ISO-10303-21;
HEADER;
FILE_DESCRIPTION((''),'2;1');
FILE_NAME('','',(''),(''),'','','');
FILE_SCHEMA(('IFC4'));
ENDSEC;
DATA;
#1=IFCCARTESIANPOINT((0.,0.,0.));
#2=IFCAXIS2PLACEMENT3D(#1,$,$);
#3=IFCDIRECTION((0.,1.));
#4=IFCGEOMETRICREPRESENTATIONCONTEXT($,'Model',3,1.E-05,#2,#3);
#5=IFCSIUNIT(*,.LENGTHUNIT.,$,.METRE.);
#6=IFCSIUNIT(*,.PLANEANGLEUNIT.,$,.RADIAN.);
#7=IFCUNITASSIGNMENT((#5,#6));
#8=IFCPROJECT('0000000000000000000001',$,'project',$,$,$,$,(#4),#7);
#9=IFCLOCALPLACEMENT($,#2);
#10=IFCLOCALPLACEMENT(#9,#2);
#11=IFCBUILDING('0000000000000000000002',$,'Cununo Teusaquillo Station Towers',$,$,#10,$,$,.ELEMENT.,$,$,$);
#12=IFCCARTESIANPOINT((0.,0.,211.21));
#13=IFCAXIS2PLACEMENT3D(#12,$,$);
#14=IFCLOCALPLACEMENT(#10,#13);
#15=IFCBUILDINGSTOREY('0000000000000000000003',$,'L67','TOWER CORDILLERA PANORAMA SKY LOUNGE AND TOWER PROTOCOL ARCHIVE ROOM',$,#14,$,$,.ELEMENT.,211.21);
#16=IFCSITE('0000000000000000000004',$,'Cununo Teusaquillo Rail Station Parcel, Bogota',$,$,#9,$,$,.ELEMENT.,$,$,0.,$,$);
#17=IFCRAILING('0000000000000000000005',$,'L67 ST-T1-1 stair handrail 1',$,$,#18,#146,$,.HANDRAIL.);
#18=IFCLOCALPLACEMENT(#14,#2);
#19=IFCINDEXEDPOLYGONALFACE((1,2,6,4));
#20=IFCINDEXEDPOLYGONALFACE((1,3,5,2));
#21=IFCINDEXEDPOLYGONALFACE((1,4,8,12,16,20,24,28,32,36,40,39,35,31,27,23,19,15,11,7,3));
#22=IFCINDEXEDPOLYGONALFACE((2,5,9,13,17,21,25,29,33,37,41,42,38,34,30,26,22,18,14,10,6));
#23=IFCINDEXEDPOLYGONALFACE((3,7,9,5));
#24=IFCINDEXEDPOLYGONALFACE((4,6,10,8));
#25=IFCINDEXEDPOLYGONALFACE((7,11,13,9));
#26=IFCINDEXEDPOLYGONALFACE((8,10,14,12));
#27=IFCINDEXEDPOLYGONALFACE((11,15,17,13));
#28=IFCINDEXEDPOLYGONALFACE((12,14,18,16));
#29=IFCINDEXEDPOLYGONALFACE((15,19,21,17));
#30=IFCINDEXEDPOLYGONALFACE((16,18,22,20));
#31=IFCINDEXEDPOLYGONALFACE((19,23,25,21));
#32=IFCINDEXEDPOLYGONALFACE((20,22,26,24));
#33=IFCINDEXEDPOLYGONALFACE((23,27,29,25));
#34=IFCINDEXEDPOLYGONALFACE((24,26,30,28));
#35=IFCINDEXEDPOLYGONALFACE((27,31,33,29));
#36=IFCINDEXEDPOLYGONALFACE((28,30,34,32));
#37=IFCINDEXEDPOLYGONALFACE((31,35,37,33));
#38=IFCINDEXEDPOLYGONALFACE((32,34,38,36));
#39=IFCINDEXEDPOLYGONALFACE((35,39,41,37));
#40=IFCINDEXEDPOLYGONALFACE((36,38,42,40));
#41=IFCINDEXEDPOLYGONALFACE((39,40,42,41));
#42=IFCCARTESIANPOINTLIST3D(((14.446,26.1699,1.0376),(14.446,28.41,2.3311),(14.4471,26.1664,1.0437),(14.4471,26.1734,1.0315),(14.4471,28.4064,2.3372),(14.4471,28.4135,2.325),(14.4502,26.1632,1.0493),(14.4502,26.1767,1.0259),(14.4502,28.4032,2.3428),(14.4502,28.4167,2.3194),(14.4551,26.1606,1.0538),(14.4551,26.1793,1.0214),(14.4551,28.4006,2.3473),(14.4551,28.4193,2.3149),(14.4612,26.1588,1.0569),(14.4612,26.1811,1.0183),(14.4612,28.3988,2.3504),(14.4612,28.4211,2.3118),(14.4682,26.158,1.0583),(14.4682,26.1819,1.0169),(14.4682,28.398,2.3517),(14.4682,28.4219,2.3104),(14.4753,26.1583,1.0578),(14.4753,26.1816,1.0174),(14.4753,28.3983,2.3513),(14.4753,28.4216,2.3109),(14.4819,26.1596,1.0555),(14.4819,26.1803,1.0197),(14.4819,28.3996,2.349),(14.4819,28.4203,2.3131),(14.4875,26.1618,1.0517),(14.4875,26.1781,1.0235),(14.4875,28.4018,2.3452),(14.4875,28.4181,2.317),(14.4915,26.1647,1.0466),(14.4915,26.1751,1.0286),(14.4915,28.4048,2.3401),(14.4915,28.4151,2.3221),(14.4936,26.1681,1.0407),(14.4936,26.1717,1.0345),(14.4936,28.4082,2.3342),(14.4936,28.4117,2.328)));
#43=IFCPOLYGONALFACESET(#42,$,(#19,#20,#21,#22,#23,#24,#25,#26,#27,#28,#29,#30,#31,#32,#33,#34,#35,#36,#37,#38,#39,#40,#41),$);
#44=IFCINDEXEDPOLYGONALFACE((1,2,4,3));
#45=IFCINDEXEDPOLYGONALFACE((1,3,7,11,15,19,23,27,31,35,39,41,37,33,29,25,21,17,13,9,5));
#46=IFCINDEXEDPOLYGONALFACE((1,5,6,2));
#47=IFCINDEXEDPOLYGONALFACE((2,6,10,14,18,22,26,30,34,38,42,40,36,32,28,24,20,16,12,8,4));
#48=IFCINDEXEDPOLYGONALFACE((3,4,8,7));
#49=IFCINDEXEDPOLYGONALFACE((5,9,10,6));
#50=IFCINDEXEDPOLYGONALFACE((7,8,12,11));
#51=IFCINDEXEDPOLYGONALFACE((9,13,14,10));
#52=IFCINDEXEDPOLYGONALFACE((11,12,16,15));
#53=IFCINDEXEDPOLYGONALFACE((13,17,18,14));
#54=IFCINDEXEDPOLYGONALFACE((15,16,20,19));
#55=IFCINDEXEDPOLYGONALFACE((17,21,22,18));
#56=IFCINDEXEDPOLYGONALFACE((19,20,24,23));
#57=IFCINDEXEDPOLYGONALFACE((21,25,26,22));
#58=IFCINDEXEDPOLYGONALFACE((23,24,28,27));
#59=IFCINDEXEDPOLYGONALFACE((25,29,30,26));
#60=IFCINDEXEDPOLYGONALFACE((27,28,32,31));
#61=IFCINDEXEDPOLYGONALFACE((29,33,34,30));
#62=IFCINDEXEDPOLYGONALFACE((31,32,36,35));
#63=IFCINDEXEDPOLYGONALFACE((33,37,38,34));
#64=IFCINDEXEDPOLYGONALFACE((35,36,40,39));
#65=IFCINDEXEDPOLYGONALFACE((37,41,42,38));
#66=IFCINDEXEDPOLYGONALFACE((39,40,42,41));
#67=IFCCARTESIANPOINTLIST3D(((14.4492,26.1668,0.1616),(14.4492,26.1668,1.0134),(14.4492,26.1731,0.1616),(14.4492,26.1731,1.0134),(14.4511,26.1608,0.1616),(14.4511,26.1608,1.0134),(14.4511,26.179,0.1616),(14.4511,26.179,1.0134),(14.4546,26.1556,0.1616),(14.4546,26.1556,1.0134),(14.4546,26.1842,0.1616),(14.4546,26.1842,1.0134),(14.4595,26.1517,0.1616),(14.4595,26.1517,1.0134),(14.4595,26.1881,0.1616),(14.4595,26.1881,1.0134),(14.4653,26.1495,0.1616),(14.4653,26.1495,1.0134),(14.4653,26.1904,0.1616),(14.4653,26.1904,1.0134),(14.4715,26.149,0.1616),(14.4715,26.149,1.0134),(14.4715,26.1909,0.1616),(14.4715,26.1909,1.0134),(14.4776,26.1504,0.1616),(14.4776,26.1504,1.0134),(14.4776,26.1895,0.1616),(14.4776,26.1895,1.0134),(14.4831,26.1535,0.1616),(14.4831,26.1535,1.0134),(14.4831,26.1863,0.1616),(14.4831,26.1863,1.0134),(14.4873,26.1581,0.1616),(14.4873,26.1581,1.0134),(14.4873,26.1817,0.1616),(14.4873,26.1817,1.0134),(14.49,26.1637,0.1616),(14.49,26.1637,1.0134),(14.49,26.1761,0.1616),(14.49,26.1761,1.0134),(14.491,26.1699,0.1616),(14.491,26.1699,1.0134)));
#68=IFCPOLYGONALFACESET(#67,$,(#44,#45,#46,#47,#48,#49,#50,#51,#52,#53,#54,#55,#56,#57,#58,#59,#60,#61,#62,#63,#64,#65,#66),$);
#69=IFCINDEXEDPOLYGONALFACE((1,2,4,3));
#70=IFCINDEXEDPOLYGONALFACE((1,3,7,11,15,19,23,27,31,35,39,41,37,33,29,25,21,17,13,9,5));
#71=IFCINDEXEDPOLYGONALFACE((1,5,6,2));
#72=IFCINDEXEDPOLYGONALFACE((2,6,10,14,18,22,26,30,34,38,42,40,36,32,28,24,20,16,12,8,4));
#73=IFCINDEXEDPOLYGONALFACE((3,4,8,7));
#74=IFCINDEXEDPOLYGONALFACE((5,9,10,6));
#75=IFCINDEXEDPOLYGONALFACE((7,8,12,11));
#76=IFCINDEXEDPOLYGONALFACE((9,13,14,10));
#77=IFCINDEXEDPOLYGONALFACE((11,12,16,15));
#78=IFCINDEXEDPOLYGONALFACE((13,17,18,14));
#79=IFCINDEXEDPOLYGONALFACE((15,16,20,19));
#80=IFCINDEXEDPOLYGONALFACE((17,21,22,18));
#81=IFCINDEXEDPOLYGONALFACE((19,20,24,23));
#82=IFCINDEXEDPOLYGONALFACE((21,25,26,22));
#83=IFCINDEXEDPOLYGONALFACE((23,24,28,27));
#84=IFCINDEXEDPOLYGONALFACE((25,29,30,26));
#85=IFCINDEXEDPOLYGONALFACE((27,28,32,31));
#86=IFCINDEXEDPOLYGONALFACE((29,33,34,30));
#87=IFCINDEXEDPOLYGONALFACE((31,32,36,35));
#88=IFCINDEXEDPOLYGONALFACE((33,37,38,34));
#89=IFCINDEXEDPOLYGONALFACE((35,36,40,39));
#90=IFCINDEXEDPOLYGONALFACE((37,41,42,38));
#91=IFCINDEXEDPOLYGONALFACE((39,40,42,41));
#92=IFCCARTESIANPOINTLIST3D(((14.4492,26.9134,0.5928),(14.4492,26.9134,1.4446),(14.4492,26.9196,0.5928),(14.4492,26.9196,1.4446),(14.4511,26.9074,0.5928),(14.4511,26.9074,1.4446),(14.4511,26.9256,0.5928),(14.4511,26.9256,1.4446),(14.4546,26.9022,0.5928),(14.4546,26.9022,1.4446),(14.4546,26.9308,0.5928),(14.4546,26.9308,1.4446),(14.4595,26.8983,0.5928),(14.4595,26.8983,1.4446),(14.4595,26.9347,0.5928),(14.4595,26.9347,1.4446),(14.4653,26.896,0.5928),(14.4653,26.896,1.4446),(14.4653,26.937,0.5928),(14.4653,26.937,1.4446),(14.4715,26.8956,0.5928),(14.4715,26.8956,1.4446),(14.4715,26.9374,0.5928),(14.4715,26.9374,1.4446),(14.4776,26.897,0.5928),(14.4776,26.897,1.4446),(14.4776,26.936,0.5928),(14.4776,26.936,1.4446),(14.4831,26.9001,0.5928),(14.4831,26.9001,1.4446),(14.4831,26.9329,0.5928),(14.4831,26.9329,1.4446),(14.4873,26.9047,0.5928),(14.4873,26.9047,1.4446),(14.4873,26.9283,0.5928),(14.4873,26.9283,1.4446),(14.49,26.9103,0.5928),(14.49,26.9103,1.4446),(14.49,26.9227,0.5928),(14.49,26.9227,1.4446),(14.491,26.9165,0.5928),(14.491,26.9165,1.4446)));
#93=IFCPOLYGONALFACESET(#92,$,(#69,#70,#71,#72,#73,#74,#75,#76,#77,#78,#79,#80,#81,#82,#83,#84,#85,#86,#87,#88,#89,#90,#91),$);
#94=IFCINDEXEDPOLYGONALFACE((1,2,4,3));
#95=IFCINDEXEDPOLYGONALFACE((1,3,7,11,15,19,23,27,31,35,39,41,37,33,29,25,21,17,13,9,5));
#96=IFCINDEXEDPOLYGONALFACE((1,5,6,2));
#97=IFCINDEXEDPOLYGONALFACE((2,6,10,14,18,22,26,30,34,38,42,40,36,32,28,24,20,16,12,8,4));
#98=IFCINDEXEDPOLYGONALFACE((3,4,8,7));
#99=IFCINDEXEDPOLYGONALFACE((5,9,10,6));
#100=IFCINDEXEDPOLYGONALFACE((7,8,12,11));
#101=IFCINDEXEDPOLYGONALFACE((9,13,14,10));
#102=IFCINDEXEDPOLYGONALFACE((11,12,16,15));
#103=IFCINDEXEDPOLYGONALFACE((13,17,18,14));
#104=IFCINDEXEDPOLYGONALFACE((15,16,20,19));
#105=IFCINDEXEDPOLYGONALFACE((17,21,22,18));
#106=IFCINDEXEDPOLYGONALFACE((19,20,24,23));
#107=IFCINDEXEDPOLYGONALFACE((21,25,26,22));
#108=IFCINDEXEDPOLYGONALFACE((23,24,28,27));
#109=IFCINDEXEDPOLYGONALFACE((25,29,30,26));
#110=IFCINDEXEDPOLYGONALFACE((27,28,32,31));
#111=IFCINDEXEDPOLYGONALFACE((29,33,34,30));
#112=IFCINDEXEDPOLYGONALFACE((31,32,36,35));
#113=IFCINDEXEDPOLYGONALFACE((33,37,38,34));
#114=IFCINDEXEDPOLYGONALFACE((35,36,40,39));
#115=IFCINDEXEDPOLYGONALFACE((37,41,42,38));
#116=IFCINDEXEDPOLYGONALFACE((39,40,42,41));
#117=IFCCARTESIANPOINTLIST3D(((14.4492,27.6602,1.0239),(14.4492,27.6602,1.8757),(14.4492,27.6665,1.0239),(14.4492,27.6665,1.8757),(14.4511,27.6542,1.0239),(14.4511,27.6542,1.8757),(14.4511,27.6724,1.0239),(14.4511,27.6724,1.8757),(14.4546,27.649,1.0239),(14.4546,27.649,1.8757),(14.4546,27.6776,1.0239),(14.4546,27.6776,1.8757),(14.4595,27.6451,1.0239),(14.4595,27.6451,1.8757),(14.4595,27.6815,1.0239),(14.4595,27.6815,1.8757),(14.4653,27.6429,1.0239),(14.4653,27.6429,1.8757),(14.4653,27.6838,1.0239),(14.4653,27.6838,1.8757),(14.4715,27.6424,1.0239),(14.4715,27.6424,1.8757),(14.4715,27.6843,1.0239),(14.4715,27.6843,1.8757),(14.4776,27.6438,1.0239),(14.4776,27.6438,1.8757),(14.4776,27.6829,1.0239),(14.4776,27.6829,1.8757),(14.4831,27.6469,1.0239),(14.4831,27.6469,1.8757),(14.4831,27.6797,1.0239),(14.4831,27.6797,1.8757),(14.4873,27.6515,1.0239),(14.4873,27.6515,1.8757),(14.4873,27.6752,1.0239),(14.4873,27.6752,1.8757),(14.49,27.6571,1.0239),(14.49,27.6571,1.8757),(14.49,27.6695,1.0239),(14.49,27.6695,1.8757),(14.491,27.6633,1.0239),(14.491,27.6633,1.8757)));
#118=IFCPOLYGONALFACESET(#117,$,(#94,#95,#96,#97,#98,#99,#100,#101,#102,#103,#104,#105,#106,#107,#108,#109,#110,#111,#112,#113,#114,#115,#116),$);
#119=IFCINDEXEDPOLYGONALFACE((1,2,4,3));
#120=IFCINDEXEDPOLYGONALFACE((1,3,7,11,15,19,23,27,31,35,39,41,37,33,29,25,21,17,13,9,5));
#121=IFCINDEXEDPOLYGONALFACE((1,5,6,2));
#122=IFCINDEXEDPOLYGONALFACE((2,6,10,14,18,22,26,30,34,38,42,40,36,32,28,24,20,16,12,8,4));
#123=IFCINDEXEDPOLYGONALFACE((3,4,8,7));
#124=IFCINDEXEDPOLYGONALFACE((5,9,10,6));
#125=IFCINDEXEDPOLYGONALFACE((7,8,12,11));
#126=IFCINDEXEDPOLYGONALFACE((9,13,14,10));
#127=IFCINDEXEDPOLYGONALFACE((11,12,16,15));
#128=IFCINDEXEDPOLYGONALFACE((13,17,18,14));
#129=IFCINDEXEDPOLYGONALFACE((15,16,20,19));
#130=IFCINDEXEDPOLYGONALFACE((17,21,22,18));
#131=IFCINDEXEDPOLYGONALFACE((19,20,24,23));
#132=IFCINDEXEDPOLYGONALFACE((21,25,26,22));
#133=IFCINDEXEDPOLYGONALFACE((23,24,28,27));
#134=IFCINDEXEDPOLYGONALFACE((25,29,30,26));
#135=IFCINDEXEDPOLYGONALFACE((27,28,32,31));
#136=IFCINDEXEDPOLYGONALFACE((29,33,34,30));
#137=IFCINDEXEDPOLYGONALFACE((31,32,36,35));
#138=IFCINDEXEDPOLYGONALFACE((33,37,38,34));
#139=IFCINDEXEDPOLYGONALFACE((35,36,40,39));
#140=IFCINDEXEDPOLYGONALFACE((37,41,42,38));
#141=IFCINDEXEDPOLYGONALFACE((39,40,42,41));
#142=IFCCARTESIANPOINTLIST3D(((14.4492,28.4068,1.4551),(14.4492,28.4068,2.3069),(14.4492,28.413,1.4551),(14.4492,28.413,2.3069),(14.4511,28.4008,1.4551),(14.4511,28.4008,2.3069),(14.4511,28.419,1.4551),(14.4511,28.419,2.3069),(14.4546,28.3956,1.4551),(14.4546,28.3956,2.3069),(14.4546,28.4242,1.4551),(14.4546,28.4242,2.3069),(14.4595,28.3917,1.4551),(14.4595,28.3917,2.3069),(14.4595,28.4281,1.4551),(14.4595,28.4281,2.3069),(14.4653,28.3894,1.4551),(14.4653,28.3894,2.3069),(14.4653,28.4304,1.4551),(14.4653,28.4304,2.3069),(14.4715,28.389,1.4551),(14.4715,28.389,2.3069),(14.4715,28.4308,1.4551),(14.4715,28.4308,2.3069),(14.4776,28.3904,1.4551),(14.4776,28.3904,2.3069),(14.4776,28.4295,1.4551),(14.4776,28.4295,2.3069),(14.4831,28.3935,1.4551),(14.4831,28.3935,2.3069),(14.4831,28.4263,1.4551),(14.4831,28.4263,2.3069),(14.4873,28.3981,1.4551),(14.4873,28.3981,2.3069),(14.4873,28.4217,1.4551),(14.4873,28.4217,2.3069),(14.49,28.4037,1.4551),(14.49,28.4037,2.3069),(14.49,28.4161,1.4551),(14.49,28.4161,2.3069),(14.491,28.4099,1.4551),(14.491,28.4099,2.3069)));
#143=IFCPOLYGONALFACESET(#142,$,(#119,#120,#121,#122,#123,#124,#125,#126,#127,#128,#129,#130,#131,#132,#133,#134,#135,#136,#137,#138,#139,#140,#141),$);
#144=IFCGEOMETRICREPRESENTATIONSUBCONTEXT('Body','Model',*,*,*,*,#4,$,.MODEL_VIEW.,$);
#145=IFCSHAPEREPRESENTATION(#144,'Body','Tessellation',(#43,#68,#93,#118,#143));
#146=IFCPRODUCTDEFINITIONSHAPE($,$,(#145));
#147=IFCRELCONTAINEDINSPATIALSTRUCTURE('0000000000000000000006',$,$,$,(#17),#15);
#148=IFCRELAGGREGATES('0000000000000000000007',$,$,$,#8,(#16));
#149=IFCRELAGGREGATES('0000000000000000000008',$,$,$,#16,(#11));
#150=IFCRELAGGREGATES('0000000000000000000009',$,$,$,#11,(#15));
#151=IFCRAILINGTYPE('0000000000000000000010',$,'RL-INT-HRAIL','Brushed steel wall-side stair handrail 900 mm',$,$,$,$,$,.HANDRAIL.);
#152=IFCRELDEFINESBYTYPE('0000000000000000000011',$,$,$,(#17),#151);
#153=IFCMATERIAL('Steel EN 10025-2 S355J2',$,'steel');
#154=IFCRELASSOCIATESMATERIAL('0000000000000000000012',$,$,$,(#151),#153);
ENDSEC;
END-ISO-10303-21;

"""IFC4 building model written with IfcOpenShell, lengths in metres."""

from ifc_helpers import new_model, si_unit, direction, frame, origin, origin_2d, place, context, subcontext, project, spatial, circle, extrude, material, type_object, element, save


model = new_model("IFC4")

# Units and contexts
model_context = context("Model", 3, precision=1e-05, world=origin(), true_north=direction((0.0, 1.0)))
body_context = subcontext(model_context, "Body", "Model", "MODEL_VIEW")
ifc_project = project(units=[si_unit("LENGTHUNIT", "METRE"), si_unit("PLANEANGLEUNIT", "RADIAN")], contexts=[model_context])

# Site, building, storey
site_placement = place(None, origin())
site = spatial("IfcSite", under=ifc_project, at=site_placement, Name="Cununo Teusaquillo Rail Station Parcel, Bogota", CompositionType="ELEMENT", RefElevation=0.0)
building_placement = place(site_placement, origin())
building = spatial("IfcBuilding", under=site, at=building_placement, Name="Cununo Teusaquillo Station Towers", CompositionType="ELEMENT")
storey_placement = place(building_placement, frame((0.0, 0.0, 211.21)))
storey = spatial("IfcBuildingStorey", under=building, at=storey_placement, Name="L67", Description="TOWER CORDILLERA PANORAMA SKY LOUNGE AND TOWER PROTOCOL ARCHIVE ROOM", CompositionType="ELEMENT", Elevation=211.21)

# Railing
ifc_material_1 = material(Name="Steel EN 10025-2 S355J2", Category="steel")
railing_type_1 = type_object("IfcRailingType", Name="RL-INT-HRAIL", Description="Brushed steel wall-side stair handrail 900 mm", PredefinedType="HANDRAIL", material=ifc_material_1)
railing_1_placement = place(storey_placement, frame((14.47, 26.1699, 0.1616)))
element("IfcRailing", 1, at=railing_1_placement, inside=storey, type_object=railing_type_1, Name="L67 ST-T1-1 stair handrail 1", PredefinedType="HANDRAIL", context=body_context, shape_type="SweptSolid", body=[
    extrude(circle(Radius=0.0239, at=origin_2d()), frame((0.0, 0.0, 0.876), z_axis=(0.0, 0.865992, 0.500057), x_axis=(-1.0, 0.0, 0.0)), (0.0, 0.0, 1.0), 2.5867),
    extrude(circle(Radius=0.021, at=origin_2d()), origin(), (0.0, 0.0, 1.0), 0.8518),
    extrude(circle(Radius=0.021, at=origin_2d()), frame((0.0, 0.7466, 0.4312)), (0.0, 0.0, 1.0), 0.8518),
    extrude(circle(Radius=0.021, at=origin_2d()), frame((0.0, 1.4934, 0.8623)), (0.0, 0.0, 1.0), 0.8518),
    extrude(circle(Radius=0.021, at=origin_2d()), frame((0.0, 2.24, 1.2935)), (0.0, 0.0, 1.0), 0.8518),
])

save(model, "model.ifc")
